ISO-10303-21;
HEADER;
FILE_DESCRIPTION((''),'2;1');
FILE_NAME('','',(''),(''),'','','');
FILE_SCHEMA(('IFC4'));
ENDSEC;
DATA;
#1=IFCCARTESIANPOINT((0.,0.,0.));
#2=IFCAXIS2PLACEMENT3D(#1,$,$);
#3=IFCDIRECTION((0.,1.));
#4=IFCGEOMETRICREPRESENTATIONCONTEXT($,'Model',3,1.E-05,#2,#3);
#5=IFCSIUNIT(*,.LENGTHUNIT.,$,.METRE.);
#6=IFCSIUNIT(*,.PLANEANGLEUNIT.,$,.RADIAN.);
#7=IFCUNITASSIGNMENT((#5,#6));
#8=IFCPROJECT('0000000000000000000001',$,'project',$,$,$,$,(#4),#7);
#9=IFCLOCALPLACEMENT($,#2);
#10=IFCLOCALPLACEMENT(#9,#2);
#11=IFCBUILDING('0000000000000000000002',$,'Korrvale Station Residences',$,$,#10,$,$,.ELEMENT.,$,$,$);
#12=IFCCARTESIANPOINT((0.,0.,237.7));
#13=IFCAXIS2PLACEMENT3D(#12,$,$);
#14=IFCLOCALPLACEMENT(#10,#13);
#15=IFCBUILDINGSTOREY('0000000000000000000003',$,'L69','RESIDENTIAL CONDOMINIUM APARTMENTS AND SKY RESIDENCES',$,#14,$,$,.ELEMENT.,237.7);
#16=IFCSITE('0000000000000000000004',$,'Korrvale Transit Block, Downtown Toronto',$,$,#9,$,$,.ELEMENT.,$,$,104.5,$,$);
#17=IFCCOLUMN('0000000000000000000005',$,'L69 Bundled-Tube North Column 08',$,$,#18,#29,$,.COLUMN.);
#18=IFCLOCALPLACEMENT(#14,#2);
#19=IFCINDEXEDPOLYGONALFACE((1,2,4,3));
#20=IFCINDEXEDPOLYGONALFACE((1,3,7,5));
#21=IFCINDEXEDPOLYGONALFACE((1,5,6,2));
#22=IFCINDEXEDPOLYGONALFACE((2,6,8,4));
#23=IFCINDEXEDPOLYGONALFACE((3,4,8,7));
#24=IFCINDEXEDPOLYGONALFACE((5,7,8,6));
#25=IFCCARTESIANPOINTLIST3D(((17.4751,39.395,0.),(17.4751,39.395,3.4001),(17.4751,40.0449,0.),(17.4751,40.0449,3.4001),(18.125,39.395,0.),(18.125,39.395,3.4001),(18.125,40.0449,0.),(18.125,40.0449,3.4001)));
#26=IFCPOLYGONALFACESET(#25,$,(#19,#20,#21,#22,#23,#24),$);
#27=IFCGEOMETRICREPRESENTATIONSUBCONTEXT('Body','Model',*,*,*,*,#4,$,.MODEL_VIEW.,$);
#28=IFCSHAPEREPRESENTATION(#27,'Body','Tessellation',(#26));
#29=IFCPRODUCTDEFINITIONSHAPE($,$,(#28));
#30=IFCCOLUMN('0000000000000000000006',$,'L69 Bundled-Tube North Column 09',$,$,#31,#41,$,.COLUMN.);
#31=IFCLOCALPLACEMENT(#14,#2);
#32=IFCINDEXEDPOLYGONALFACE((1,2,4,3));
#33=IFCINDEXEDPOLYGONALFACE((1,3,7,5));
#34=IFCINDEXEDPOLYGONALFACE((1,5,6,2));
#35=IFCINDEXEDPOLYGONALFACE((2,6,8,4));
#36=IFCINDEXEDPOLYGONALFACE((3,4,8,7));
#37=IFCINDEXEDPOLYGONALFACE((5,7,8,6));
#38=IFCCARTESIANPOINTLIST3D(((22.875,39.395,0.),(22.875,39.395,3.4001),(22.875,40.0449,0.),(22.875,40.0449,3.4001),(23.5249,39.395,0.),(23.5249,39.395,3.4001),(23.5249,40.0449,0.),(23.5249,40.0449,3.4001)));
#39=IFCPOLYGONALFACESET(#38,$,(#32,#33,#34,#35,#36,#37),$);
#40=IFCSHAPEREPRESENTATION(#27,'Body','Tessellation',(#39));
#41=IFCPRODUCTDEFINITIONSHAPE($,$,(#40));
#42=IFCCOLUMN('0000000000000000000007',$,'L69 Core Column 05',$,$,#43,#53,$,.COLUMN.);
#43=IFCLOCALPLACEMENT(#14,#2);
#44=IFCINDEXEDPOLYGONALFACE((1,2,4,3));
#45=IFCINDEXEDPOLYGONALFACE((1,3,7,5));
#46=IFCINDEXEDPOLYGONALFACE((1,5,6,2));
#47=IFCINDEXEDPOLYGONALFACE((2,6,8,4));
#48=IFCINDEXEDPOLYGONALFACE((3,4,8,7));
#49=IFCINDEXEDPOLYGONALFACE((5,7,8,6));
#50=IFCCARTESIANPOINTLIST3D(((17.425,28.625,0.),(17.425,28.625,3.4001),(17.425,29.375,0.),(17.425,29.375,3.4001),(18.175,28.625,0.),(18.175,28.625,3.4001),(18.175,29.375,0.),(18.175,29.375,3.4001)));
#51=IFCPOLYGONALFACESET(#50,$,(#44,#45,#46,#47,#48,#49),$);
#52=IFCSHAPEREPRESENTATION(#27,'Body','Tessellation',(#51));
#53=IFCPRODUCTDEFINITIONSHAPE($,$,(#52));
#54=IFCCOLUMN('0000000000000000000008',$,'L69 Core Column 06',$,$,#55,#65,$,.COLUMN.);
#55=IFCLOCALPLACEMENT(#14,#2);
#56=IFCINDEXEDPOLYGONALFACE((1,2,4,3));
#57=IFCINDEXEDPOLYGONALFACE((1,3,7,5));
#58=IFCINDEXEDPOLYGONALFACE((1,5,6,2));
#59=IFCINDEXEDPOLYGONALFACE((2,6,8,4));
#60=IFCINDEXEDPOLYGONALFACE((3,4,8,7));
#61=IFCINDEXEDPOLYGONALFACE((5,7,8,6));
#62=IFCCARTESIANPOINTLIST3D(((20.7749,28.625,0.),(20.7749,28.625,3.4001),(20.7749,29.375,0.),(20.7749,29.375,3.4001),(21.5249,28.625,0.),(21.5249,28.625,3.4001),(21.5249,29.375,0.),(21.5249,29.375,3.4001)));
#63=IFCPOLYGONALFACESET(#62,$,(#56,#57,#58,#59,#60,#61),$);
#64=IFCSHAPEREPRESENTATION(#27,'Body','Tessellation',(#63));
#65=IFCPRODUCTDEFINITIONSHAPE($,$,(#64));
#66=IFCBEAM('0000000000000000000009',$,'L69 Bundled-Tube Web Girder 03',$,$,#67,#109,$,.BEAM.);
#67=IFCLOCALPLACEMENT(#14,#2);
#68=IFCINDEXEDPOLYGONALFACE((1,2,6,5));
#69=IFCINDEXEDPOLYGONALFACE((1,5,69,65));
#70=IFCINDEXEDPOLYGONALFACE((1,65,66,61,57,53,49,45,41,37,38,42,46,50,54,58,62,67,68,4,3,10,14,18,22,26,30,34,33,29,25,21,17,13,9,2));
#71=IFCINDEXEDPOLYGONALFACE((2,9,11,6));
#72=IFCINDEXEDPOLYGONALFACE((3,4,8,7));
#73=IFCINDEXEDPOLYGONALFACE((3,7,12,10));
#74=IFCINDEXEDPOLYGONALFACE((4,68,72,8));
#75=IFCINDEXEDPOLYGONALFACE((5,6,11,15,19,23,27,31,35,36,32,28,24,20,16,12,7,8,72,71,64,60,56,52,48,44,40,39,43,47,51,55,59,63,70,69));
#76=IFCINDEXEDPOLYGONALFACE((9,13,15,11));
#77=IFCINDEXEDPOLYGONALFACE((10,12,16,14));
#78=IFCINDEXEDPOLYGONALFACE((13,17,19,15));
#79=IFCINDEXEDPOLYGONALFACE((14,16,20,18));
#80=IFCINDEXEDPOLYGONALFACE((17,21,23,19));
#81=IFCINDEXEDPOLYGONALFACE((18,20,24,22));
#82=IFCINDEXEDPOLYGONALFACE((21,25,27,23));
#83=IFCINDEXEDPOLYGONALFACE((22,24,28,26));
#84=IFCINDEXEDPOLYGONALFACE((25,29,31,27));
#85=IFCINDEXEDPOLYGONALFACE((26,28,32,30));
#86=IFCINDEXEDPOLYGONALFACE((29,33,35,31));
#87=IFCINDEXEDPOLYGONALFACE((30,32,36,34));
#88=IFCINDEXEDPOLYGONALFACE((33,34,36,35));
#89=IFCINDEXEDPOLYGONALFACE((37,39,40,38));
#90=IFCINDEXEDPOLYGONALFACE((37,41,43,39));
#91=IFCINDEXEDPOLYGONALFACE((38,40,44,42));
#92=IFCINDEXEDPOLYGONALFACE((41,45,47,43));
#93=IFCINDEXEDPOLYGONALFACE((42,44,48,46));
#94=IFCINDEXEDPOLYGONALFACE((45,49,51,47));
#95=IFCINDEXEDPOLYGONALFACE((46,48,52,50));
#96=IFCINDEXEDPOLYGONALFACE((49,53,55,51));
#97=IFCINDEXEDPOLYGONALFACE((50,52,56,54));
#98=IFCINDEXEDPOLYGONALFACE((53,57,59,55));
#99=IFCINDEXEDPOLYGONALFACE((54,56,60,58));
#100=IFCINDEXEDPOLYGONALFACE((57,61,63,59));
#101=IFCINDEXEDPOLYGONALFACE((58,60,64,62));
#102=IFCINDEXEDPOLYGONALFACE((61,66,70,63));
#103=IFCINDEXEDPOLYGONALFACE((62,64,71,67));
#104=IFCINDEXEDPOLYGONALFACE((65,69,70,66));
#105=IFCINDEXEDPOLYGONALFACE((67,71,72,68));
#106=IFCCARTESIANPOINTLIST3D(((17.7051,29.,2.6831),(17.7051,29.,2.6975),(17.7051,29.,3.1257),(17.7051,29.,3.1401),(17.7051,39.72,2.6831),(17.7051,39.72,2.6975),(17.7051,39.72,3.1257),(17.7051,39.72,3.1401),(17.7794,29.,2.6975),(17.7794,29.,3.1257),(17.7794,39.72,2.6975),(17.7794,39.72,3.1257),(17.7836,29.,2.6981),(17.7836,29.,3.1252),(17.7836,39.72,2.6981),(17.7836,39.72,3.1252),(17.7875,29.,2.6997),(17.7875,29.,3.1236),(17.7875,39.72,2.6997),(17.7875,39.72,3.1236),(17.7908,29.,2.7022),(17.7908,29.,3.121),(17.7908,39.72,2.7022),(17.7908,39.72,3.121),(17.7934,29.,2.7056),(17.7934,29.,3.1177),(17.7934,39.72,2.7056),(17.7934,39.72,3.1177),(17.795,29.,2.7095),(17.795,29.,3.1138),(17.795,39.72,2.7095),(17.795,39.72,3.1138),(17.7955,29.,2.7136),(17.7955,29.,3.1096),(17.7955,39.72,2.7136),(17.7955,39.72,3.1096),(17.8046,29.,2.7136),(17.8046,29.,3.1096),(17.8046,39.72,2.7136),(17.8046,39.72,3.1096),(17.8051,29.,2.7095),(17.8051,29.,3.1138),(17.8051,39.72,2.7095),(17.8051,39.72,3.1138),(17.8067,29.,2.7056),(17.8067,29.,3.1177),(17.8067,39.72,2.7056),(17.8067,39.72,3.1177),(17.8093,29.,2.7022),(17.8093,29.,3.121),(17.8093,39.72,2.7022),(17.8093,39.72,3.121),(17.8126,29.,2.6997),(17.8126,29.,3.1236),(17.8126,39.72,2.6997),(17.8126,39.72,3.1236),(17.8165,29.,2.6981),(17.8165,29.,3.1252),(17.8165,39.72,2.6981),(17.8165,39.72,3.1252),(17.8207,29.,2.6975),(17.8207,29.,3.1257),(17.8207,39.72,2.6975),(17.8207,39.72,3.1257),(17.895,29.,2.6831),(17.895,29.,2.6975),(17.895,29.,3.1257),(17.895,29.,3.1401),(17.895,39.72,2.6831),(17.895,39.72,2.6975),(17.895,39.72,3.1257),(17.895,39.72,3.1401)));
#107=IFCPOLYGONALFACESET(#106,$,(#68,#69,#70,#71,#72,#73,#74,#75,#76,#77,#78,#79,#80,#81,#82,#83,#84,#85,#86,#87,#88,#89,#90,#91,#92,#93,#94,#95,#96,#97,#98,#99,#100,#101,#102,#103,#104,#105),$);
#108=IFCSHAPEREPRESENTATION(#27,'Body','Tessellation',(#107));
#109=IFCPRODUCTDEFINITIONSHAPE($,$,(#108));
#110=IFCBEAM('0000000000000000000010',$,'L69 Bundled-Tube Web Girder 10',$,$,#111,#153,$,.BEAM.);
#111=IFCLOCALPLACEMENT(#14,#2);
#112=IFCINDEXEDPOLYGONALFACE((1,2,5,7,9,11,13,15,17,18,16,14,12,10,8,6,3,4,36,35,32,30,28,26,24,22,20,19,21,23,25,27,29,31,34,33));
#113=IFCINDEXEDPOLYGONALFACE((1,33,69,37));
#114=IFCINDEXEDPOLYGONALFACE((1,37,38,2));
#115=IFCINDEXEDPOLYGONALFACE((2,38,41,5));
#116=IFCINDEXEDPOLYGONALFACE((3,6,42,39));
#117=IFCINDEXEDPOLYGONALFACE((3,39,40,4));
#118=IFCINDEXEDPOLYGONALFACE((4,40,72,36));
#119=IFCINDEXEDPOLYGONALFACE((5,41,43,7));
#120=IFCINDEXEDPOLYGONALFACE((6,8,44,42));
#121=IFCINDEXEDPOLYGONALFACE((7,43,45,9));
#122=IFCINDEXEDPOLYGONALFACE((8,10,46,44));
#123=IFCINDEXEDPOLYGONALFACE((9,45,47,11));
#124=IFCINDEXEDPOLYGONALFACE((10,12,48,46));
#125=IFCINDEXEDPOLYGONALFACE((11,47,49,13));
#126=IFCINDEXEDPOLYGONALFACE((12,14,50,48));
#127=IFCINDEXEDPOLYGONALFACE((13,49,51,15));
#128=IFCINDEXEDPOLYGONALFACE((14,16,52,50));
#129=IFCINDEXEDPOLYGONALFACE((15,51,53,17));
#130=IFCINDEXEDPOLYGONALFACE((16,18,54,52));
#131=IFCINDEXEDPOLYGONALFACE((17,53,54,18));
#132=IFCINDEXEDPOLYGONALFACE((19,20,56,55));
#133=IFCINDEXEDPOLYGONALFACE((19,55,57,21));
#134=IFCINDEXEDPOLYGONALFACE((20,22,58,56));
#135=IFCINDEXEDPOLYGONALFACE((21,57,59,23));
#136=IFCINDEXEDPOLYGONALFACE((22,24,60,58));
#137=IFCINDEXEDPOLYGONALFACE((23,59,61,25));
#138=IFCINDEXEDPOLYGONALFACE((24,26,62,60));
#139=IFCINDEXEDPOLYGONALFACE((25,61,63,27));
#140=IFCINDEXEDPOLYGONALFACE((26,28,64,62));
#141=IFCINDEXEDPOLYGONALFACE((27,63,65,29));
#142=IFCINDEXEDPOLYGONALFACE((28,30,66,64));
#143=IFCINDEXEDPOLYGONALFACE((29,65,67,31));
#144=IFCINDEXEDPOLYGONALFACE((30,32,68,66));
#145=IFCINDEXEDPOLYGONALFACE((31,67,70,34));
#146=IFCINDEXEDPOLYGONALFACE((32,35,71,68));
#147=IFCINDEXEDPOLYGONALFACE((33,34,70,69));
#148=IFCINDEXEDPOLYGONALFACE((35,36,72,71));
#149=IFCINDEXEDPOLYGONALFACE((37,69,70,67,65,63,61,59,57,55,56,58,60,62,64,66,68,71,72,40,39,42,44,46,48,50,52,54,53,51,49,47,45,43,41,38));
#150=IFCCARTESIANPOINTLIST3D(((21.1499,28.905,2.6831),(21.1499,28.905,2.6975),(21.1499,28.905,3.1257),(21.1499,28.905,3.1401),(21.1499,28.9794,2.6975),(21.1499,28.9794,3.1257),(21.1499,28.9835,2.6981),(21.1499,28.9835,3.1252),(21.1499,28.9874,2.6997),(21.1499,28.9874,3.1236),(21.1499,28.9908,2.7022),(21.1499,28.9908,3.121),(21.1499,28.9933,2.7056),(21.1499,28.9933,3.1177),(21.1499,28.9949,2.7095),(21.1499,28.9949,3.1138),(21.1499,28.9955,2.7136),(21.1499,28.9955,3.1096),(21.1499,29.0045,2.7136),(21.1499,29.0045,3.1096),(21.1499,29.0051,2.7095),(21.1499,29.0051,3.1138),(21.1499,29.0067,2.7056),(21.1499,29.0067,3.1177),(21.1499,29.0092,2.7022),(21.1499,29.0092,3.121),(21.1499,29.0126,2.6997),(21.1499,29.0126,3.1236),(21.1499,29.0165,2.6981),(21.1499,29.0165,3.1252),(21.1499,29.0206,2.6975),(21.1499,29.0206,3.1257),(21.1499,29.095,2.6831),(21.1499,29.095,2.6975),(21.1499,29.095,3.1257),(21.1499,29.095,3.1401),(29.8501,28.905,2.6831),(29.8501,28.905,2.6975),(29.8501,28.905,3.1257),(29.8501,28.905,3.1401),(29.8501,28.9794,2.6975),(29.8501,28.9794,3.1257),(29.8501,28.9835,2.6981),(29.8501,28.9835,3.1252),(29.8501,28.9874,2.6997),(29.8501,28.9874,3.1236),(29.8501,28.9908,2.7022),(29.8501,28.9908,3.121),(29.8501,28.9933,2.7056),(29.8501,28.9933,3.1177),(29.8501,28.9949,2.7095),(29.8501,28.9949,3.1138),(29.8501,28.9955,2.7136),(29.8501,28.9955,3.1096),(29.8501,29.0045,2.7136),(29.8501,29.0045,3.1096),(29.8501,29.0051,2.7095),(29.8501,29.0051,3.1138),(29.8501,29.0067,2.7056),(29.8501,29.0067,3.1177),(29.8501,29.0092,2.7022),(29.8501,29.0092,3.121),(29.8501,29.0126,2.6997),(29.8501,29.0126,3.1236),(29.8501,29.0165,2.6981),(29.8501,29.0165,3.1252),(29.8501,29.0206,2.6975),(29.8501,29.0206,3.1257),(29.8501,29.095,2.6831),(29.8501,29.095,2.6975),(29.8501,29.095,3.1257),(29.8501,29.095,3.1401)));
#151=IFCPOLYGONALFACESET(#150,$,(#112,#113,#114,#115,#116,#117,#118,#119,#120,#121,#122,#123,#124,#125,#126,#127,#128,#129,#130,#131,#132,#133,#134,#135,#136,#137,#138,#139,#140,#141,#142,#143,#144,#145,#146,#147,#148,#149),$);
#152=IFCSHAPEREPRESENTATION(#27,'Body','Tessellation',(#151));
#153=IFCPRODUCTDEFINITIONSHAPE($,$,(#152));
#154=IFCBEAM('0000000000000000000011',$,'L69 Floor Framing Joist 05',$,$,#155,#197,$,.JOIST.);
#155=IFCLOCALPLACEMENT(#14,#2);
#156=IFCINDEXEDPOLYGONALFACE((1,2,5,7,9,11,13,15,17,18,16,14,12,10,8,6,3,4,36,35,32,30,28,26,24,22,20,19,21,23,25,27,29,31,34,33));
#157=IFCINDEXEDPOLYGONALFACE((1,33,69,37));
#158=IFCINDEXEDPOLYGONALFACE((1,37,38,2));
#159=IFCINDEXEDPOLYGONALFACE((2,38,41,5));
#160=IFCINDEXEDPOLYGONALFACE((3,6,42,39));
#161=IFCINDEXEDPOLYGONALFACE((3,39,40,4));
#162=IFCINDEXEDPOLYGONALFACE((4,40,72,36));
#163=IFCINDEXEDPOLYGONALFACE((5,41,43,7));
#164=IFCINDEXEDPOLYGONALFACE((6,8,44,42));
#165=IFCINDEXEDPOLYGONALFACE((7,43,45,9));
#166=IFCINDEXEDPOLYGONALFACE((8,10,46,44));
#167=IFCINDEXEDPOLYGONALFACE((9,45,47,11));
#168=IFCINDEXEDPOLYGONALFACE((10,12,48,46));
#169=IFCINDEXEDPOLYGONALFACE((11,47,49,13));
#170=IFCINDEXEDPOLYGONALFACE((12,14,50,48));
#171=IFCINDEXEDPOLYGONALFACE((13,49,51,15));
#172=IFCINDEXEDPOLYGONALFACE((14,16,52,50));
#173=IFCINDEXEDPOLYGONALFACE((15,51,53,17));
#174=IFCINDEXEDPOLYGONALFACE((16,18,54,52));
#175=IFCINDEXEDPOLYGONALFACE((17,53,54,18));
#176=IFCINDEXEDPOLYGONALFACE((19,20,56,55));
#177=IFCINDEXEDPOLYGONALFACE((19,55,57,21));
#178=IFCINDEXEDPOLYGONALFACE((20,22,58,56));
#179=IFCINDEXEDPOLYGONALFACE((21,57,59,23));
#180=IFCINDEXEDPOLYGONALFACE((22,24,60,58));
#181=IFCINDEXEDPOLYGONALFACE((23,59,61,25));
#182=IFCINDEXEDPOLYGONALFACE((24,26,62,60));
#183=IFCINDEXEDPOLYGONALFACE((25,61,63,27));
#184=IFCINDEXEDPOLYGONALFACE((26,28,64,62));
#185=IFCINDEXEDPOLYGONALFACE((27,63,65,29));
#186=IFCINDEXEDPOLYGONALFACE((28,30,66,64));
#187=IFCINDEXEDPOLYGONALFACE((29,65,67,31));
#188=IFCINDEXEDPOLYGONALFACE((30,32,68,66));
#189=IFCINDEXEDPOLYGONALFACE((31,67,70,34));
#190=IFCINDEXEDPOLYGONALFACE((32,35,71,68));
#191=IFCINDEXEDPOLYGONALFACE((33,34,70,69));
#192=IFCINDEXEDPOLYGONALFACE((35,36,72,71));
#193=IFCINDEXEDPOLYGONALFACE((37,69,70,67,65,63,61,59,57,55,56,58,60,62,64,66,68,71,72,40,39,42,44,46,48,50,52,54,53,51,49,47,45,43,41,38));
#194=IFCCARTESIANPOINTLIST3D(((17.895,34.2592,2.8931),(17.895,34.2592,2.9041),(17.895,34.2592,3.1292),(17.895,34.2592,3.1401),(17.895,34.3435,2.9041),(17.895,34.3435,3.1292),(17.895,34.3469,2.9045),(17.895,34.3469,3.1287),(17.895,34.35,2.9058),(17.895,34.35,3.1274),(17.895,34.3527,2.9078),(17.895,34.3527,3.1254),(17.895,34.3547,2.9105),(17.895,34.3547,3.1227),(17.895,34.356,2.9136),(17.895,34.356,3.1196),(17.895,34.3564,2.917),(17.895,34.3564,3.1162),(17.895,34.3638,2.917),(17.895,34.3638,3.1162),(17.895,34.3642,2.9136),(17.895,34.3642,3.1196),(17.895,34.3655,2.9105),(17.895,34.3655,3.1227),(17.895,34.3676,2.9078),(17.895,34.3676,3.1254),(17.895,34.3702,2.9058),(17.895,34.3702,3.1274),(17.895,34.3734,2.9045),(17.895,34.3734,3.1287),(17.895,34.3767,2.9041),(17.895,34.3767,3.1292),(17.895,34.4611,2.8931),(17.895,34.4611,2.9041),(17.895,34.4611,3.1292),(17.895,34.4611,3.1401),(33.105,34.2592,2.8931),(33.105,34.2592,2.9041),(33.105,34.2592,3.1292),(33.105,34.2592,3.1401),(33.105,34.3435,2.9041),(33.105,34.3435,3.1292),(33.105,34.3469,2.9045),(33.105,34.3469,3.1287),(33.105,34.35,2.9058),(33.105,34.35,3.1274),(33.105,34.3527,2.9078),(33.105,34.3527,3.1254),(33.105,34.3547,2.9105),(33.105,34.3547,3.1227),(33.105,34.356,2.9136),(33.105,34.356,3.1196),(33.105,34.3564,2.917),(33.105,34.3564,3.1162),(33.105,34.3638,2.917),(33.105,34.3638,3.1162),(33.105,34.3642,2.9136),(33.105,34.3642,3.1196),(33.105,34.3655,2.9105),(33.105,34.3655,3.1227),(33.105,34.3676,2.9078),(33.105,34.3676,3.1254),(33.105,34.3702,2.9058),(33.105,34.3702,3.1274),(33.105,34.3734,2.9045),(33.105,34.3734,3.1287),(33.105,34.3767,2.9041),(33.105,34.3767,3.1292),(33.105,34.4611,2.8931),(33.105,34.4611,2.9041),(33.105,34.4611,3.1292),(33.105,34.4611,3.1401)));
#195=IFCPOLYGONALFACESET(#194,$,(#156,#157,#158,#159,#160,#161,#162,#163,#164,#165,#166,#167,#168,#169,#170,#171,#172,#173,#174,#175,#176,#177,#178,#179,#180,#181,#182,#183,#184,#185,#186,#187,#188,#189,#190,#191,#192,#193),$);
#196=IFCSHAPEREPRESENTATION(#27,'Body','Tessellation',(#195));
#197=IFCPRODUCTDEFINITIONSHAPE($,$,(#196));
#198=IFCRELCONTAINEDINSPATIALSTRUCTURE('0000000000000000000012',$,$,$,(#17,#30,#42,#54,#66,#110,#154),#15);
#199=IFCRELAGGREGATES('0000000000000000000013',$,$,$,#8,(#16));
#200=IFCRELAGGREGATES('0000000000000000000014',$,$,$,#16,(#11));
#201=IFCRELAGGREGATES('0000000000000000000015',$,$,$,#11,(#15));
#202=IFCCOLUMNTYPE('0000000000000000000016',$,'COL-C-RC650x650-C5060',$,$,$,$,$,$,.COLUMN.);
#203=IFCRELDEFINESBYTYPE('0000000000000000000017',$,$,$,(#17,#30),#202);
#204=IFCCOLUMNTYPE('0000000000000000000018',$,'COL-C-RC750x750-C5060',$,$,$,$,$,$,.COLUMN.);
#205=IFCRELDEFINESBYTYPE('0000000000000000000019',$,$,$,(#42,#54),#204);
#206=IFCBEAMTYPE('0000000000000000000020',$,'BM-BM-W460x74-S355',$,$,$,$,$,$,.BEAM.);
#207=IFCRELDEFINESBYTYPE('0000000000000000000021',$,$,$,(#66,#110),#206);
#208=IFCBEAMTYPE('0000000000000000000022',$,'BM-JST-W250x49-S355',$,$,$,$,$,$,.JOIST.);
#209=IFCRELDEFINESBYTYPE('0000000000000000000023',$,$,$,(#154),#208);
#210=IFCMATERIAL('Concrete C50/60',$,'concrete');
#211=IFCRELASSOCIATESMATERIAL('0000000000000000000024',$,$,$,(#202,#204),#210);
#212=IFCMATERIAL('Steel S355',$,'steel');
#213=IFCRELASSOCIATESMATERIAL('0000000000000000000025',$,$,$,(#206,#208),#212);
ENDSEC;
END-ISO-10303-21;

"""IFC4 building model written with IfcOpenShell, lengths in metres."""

from ifc_helpers import new_model, si_unit, direction, frame, origin, origin_2d, place, context, subcontext, project, spatial, rectangle, i_section, extrude, material, material_profile, profile_set, type_object, element, save


model = new_model("IFC4")

# Units and contexts
model_context = context("Model", 3, precision=1e-05, world=origin(), true_north=direction((0.0, 1.0)))
body_context = subcontext(model_context, "Body", "Model", "MODEL_VIEW")
ifc_project = project(units=[si_unit("LENGTHUNIT", "METRE"), si_unit("PLANEANGLEUNIT", "RADIAN")], contexts=[model_context])

# Site, building, storey
site_placement = place(None, origin())
site = spatial("IfcSite", under=ifc_project, at=site_placement, Name="Korrvale Transit Block, Downtown Toronto", CompositionType="ELEMENT", RefElevation=104.5)
building_placement = place(site_placement, origin())
building = spatial("IfcBuilding", under=site, at=building_placement, Name="Korrvale Station Residences", CompositionType="ELEMENT")
storey_placement = place(building_placement, frame((0.0, 0.0, 237.7)))
storey = spatial("IfcBuildingStorey", under=building, at=storey_placement, Name="L69", Description="RESIDENTIAL CONDOMINIUM APARTMENTS AND SKY RESIDENCES", CompositionType="ELEMENT", Elevation=237.7)

# Columns
ifc_material_1 = material(Name="Concrete C50/60", Category="concrete")
ifc_material_profile_1 = material_profile(ifc_material_1, rectangle(XDim=0.6499, YDim=0.6499, at=origin_2d()), Name="RC650x650")
ifc_profile_set_1 = profile_set([ifc_material_profile_1], Name="Concrete C50/60")
column_type_1 = type_object("IfcColumnType", Name="COL-C-RC650x650-C5060", PredefinedType="COLUMN", material=ifc_profile_set_1)
for number, where, z_axis, x_axis, name in (
    (1, (17.8, 39.72, 0.0), (0.0, 0.0, 1.0), (1.0, 0.0, 0.0), "L69 Bundled-Tube North Column 08"),
    (2, (23.2, 39.72, 0.0), (0.0, 0.0, 1.0), (1.0, 0.0, 0.0), "L69 Bundled-Tube North Column 09"),
):
    element("IfcColumn", number, at=place(storey_placement, frame(where, z_axis=z_axis, x_axis=x_axis)), inside=storey, type_object=column_type_1, Name=name, PredefinedType="COLUMN", context=body_context, shape_type="SweptSolid", body=[
        extrude(rectangle(XDim=0.6499, YDim=0.6499, at=origin_2d()), origin(), (0.0, 0.0, 1.0), 3.4001),
    ])
ifc_material_profile_2 = material_profile(ifc_material_1, rectangle(XDim=0.75, YDim=0.75, at=origin_2d()), Name="RC750x750")
ifc_profile_set_2 = profile_set([ifc_material_profile_2], Name="Concrete C50/60")
column_type_2 = type_object("IfcColumnType", Name="COL-C-RC750x750-C5060", PredefinedType="COLUMN", material=ifc_profile_set_2)
for number, where, z_axis, x_axis, name in (
    (3, (17.8, 29.0, 0.0), (0.0, 0.0, 1.0), (1.0, 0.0, 0.0), "L69 Core Column 05"),
    (4, (21.1499, 29.0, 0.0), (0.0, 0.0, 1.0), (1.0, 0.0, 0.0), "L69 Core Column 06"),
):
    element("IfcColumn", number, at=place(storey_placement, frame(where, z_axis=z_axis, x_axis=x_axis)), inside=storey, type_object=column_type_2, Name=name, PredefinedType="COLUMN", context=body_context, shape_type="SweptSolid", body=[
        extrude(rectangle(XDim=0.75, YDim=0.75, at=origin_2d()), origin(), (0.0, 0.0, 1.0), 3.4001),
    ])

# Beams
ifc_material_2 = material(Name="Steel S355", Category="steel")
ifc_material_profile_3 = material_profile(ifc_material_2, i_section(OverallWidth=0.1899, OverallDepth=0.457, WebThickness=0.009, FlangeThickness=0.0144, FilletRadius=0.0161, at=origin_2d()), Name="W460x74")
ifc_profile_set_3 = profile_set([ifc_material_profile_3], Name="Steel S355")
beam_type_1 = type_object("IfcBeamType", Name="BM-BM-W460x74-S355", PredefinedType="BEAM", material=ifc_profile_set_3)
beam_1_placement = place(storey_placement, frame((17.8, 29.0, 2.9116), z_axis=(0.0, 1.0, 0.0), x_axis=(-1.0, 0.0, 0.0)))
element("IfcBeam", 5, at=beam_1_placement, inside=storey, type_object=beam_type_1, Name="L69 Bundled-Tube Web Girder 03", PredefinedType="BEAM", context=body_context, shape_type="SweptSolid", body=[
    extrude(i_section(OverallWidth=0.1899, OverallDepth=0.457, WebThickness=0.009, FlangeThickness=0.0144, FilletRadius=0.0161, at=origin_2d()), origin(), (0.0, 0.0, 1.0), 10.72),
])
beam_2_placement = place(storey_placement, frame((21.1499, 29.0, 2.9116), z_axis=(1.0, 0.0, 0.0), x_axis=(0.0, 1.0, 0.0)))
element("IfcBeam", 6, at=beam_2_placement, inside=storey, type_object=beam_type_1, Name="L69 Bundled-Tube Web Girder 10", PredefinedType="BEAM", context=body_context, shape_type="SweptSolid", body=[
    extrude(i_section(OverallWidth=0.1899, OverallDepth=0.457, WebThickness=0.009, FlangeThickness=0.0144, FilletRadius=0.0161, at=origin_2d()), origin(), (0.0, 0.0, 1.0), 8.7002),
])
ifc_material_profile_4 = material_profile(ifc_material_2, i_section(OverallWidth=0.2019, OverallDepth=0.2471, WebThickness=0.0073, FlangeThickness=0.011, FilletRadius=0.0129, at=origin_2d()), Name="W250x49")
ifc_profile_set_4 = profile_set([ifc_material_profile_4], Name="Steel S355")
beam_type_2 = type_object("IfcBeamType", Name="BM-JST-W250x49-S355", PredefinedType="JOIST", material=ifc_profile_set_4)
beam_3_placement = place(storey_placement, frame((17.895, 34.3601, 3.0166), z_axis=(1.0, 0.0, 0.0), x_axis=(0.0, 1.0, 0.0)))
element("IfcBeam", 7, at=beam_3_placement, inside=storey, type_object=beam_type_2, Name="L69 Floor Framing Joist 05", PredefinedType="JOIST", context=body_context, shape_type="SweptSolid", body=[
    extrude(i_section(OverallWidth=0.2019, OverallDepth=0.2471, WebThickness=0.0073, FlangeThickness=0.011, FilletRadius=0.0129, at=origin_2d()), origin(), (0.0, 0.0, 1.0), 15.21),
])

save(model, "model.ifc")
